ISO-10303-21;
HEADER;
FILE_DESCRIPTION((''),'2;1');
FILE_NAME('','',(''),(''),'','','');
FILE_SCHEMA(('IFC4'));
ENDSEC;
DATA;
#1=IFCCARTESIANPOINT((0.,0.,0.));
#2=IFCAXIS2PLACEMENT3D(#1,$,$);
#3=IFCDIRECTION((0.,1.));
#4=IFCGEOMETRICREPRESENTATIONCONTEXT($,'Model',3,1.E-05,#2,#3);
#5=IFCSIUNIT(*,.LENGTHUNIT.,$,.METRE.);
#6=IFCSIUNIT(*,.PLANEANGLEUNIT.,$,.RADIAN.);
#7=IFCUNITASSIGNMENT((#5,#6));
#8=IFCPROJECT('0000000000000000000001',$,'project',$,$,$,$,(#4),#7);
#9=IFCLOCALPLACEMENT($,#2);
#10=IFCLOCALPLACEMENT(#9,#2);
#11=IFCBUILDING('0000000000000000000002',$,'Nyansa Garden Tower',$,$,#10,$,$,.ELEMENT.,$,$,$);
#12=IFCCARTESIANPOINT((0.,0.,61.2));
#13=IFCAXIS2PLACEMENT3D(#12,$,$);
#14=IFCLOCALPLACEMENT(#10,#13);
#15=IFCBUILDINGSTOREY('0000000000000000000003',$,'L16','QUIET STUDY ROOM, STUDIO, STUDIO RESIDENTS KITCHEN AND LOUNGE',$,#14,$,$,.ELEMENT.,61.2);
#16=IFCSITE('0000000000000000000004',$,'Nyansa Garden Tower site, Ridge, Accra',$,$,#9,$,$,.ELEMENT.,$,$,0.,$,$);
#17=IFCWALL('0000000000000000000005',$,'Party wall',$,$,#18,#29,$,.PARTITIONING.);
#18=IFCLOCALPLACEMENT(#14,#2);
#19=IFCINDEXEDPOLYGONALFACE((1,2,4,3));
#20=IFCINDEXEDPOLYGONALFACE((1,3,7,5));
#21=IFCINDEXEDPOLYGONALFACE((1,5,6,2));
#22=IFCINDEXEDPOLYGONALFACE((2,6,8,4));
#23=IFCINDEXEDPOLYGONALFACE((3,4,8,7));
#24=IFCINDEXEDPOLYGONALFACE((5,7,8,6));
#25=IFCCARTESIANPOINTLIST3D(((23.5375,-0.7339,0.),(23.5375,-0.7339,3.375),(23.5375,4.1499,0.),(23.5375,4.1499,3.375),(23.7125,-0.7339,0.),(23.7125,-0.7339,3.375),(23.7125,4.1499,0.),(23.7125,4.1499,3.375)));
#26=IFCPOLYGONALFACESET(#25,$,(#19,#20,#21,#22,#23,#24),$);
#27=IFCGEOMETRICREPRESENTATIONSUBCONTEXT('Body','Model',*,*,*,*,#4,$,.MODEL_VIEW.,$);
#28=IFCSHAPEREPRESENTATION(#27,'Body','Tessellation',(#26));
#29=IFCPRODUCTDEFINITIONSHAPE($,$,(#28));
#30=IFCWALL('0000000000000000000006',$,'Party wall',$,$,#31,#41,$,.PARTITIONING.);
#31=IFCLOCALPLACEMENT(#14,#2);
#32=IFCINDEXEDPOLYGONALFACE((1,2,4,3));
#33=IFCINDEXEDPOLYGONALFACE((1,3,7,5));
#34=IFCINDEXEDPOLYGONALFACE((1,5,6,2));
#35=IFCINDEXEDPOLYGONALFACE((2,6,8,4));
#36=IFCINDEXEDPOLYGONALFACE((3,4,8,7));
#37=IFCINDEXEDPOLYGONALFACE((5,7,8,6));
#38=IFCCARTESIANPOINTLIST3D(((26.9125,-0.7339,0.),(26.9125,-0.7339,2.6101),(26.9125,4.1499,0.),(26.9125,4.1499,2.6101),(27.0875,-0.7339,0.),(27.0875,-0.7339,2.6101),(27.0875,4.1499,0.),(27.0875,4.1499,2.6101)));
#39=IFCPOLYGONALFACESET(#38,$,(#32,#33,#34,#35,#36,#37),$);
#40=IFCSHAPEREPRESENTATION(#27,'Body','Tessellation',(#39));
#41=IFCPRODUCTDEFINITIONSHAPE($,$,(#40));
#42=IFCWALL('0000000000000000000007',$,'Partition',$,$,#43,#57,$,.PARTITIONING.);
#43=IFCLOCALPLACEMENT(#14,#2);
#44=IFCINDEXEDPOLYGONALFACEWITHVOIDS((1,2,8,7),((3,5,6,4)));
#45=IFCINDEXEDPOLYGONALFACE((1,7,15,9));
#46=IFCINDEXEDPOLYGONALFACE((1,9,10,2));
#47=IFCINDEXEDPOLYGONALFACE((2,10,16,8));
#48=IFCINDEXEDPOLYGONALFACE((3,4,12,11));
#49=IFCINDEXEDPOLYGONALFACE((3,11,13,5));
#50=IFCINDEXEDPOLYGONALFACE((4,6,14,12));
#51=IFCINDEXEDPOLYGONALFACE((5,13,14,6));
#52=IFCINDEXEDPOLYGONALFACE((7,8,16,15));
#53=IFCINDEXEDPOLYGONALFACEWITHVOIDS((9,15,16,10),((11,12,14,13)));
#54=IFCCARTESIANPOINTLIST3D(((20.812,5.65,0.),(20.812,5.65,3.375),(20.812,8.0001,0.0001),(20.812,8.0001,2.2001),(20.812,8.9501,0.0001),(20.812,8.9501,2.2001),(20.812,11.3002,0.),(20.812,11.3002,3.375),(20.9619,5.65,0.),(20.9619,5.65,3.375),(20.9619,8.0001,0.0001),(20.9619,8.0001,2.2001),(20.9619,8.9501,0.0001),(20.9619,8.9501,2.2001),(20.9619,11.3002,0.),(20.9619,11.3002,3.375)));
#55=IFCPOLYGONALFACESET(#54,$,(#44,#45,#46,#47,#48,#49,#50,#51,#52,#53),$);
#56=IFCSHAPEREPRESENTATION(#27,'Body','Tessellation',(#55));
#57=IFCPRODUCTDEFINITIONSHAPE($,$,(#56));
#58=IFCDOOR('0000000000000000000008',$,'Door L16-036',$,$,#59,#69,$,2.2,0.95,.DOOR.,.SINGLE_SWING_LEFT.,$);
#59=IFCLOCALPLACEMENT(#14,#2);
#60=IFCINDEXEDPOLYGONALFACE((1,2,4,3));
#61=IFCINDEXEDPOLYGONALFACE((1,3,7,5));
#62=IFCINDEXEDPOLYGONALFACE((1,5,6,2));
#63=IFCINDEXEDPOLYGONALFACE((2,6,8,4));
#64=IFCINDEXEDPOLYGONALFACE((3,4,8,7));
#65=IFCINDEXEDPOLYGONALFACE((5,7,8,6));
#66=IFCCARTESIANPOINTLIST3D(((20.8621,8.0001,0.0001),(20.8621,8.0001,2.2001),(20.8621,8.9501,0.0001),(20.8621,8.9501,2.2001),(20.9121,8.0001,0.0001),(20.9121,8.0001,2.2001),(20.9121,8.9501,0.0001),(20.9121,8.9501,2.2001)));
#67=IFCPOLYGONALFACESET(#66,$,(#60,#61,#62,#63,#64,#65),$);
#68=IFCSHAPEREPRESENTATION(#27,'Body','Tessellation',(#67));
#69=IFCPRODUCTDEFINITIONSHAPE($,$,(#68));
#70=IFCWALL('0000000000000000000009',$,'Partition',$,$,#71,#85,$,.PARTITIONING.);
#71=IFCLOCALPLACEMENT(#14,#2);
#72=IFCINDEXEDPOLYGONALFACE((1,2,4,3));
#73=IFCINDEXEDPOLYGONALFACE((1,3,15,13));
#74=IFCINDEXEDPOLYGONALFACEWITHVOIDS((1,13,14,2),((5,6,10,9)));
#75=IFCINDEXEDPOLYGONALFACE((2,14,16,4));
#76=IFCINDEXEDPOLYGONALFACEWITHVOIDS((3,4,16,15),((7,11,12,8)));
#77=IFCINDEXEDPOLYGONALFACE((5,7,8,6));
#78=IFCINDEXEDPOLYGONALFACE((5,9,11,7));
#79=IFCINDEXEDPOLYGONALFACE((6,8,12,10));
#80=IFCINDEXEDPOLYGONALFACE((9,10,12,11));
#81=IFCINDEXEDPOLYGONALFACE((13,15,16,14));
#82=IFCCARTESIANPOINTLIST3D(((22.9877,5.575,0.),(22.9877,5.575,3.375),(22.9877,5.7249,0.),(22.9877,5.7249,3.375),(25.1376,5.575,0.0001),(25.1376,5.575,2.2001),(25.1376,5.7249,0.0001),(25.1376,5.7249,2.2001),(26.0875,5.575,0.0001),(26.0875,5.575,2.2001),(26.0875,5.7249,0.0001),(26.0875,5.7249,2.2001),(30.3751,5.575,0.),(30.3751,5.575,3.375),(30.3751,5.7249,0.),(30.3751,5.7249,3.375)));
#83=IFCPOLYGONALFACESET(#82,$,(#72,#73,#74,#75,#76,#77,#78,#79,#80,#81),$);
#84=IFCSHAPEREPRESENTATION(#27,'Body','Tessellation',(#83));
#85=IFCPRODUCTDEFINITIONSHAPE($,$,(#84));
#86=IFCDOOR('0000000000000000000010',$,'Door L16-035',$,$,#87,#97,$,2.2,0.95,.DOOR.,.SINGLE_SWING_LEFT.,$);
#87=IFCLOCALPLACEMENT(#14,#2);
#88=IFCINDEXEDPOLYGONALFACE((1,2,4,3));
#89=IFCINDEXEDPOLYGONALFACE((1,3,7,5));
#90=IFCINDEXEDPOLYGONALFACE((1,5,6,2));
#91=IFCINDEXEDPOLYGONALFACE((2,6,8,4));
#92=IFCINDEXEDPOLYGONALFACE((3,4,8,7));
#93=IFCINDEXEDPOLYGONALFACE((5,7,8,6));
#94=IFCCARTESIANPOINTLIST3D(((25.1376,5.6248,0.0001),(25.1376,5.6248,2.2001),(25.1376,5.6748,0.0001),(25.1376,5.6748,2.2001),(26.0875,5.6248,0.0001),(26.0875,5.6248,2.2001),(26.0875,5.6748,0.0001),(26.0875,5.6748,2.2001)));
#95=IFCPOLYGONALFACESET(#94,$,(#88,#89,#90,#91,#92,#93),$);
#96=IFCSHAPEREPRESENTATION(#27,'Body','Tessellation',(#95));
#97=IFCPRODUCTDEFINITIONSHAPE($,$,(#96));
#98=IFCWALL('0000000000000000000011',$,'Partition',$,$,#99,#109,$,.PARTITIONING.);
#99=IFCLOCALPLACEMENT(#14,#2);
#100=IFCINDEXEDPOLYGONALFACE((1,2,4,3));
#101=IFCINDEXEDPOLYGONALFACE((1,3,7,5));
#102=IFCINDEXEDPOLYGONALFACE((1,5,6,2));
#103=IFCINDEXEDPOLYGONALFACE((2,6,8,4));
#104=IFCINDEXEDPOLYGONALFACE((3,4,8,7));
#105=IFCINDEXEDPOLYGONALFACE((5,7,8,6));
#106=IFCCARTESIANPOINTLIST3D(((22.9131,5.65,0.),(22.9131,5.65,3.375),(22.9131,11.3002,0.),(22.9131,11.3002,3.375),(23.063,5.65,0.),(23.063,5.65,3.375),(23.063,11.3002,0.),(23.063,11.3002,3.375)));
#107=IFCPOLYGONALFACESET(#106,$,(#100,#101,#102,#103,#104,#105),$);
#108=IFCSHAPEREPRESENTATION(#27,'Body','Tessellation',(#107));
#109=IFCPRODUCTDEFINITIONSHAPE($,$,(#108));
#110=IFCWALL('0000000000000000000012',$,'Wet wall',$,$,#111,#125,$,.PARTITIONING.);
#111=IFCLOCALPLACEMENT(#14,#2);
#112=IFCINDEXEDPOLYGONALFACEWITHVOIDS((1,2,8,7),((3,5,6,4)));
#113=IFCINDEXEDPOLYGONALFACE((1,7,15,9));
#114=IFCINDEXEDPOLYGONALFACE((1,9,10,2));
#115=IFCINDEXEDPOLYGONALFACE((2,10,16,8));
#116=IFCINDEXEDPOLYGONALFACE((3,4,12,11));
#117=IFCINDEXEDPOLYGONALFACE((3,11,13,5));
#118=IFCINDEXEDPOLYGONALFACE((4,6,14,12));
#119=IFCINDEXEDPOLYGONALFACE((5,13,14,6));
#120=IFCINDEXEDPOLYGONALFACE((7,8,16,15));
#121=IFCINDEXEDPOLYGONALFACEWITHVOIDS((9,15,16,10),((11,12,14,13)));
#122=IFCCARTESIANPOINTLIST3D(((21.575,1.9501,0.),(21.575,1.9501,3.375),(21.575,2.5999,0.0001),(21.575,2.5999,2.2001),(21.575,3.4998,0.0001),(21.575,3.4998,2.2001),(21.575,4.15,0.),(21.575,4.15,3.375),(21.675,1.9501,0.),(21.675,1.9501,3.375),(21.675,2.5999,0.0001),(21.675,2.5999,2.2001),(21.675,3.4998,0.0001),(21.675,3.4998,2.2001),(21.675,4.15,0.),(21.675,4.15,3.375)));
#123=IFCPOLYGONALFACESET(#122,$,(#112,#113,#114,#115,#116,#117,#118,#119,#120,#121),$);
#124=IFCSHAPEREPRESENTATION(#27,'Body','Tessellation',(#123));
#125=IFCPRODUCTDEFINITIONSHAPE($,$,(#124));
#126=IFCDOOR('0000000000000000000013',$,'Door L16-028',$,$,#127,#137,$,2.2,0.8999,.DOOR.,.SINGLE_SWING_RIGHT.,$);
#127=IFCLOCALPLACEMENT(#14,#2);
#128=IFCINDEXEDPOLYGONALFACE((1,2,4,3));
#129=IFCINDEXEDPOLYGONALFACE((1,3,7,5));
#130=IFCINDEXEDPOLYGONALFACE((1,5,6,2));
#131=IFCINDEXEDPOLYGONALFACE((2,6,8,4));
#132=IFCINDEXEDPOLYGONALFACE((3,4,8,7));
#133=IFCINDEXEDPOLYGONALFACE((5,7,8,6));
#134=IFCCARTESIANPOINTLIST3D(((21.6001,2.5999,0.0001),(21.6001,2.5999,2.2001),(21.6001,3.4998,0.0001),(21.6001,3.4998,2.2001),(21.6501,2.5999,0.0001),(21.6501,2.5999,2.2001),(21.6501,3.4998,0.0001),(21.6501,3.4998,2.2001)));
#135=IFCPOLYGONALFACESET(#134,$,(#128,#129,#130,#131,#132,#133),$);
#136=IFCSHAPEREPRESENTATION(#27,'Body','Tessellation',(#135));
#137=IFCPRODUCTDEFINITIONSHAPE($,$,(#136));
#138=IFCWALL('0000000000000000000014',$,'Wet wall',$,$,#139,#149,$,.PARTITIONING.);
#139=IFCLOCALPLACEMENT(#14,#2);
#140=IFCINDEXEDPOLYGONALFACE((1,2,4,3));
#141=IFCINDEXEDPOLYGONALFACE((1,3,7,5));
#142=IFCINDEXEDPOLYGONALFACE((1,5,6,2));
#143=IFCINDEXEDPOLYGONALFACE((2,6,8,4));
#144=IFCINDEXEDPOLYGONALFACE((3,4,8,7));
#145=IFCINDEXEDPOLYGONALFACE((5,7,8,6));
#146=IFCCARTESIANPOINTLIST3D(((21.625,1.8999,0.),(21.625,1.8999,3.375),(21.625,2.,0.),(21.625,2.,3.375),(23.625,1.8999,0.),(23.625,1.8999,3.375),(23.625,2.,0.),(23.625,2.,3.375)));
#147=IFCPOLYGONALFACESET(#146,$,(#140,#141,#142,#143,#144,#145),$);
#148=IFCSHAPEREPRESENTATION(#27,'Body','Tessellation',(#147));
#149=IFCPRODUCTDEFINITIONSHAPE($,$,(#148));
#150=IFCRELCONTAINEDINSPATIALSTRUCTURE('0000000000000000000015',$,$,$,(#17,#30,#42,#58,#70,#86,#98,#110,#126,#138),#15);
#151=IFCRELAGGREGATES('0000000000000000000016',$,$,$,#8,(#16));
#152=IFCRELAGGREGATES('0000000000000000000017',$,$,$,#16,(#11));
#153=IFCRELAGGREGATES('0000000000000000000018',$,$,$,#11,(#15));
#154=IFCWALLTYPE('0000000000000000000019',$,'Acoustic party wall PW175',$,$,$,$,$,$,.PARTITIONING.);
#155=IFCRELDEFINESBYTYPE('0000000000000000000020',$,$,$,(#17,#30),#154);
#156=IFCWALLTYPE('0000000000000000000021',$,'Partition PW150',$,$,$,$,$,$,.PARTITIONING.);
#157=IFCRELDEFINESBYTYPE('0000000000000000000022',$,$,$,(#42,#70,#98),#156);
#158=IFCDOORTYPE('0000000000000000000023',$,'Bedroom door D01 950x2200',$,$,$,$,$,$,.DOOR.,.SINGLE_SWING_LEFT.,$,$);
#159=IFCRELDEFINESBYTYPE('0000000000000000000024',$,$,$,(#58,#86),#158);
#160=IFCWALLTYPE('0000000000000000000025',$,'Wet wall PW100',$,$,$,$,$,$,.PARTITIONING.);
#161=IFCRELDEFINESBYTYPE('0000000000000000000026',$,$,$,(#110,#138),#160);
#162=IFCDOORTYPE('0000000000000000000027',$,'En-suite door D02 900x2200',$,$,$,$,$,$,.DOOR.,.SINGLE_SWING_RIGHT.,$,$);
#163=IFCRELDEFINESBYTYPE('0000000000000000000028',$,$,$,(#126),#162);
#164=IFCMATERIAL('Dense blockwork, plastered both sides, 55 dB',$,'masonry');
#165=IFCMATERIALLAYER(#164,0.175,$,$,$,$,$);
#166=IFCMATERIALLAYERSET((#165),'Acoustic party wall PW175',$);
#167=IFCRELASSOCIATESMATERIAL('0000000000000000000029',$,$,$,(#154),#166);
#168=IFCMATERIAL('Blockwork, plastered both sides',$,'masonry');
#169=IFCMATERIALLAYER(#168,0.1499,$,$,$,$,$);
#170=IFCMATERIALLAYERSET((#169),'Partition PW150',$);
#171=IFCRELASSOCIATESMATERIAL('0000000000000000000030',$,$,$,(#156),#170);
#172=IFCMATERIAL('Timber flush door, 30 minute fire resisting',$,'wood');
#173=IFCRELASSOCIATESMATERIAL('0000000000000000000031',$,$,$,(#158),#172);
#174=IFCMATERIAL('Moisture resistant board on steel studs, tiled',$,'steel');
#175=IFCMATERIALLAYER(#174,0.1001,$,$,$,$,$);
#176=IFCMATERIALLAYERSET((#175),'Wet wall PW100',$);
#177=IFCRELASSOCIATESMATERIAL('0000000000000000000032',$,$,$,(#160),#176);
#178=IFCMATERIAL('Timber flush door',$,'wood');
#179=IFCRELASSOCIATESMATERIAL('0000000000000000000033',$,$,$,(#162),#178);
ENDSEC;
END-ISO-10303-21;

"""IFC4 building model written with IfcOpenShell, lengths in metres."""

from ifc_helpers import new_model, si_unit, direction, frame, frame_2d, origin, place, context, subcontext, project, spatial, rectangle, extrude, material, layer, layer_set, type_object, element, fill, save


model = new_model("IFC4")

# Units and contexts
model_context = context("Model", 3, precision=1e-05, world=origin(), true_north=direction((0.0, 1.0)))
body_context = subcontext(model_context, "Body", "Model", "MODEL_VIEW")
ifc_project = project(units=[si_unit("LENGTHUNIT", "METRE"), si_unit("PLANEANGLEUNIT", "RADIAN")], contexts=[model_context])

# Site, building, storey
site_placement = place(None, origin())
site = spatial("IfcSite", under=ifc_project, at=site_placement, Name="Nyansa Garden Tower site, Ridge, Accra", CompositionType="ELEMENT", RefElevation=0.0)
building_placement = place(site_placement, origin())
building = spatial("IfcBuilding", under=site, at=building_placement, Name="Nyansa Garden Tower", CompositionType="ELEMENT")
storey_placement = place(building_placement, frame((0.0, 0.0, 61.2)))
storey = spatial("IfcBuildingStorey", under=building, at=storey_placement, Name="L16", Description="QUIET STUDY ROOM, STUDIO, STUDIO RESIDENTS KITCHEN AND LOUNGE", CompositionType="ELEMENT", Elevation=61.2)

# Walls
ifc_material_1 = material(Name="Dense blockwork, plastered both sides, 55 dB", Category="masonry")
ifc_layer_1 = layer(ifc_material_1, 0.175)
ifc_layer_set_1 = layer_set([ifc_layer_1], Name="Acoustic party wall PW175")
wall_type_1 = type_object("IfcWallType", Name="Acoustic party wall PW175", PredefinedType="PARTITIONING", material=ifc_layer_set_1)
wall_1_placement = place(storey_placement, frame((23.625, -0.7339, 0.0), z_axis=(0.0, 0.0, 1.0), x_axis=(0.0, 1.0, 0.0)))
element("IfcWall", 1, at=wall_1_placement, inside=storey, type_object=wall_type_1, Name="Party wall", PredefinedType="PARTITIONING", context=body_context, shape_type="SweptSolid", body=[
    extrude(rectangle(XDim=4.8838, YDim=0.175, at=frame_2d((2.4419, 0.0))), origin(), (0.0, 0.0, 1.0), 3.375),
])
wall_2_placement = place(storey_placement, frame((27.0, -0.7339, 0.0), z_axis=(0.0, 0.0, 1.0), x_axis=(0.0, 1.0, 0.0)))
element("IfcWall", 2, at=wall_2_placement, inside=storey, type_object=wall_type_1, Name="Party wall", PredefinedType="PARTITIONING", context=body_context, shape_type="SweptSolid", body=[
    extrude(rectangle(XDim=4.8838, YDim=0.175, at=frame_2d((2.4419, 0.0))), origin(), (0.0, 0.0, 1.0), 2.6101),
])

# Walls, openings, doors
ifc_material_2 = material(Name="Blockwork, plastered both sides", Category="masonry")
ifc_layer_2 = layer(ifc_material_2, 0.1499)
ifc_layer_set_2 = layer_set([ifc_layer_2], Name="Partition PW150")
wall_type_2 = type_object("IfcWallType", Name="Partition PW150", PredefinedType="PARTITIONING", material=ifc_layer_set_2)
wall_3_placement = place(storey_placement, frame((20.887, 5.6499, 0.0), z_axis=(0.0, 0.0, 1.0), x_axis=(0.0, 1.0, 0.0)))
wall_3 = element("IfcWall", 3, at=wall_3_placement, inside=storey, type_object=wall_type_2, Name="Partition", PredefinedType="PARTITIONING", context=body_context, shape_type="SweptSolid", body=[
    extrude(rectangle(XDim=5.6501, YDim=0.1499, at=frame_2d((2.8252, 0.0))), origin(), (0.0, 0.0, 1.0), 3.375),
])
opening_1_placement = place(wall_3_placement, frame((2.3501, 0.0, 0.0)))
opening_1 = element("IfcOpeningElement", 4, at=opening_1_placement, cuts=wall_3, PredefinedType="OPENING", context=body_context, shape_type="SweptSolid", body=[
    extrude(rectangle(XDim=0.95, YDim=2.2, at=frame_2d((0.4751, 1.1001))), frame((0.0, 0.085, 0.0), z_axis=(0.0, -1.0, 0.0), x_axis=(1.0, 0.0, 0.0)), (0.0, 0.0, 1.0), 0.1699),
])
ifc_material_3 = material(Name="Timber flush door, 30 minute fire resisting", Category="wood")
door_type_1 = type_object("IfcDoorType", Name="Bedroom door D01 950x2200", OperationType="SINGLE_SWING_LEFT", PredefinedType="DOOR", material=ifc_material_3)
door_1_placement = place(opening_1_placement, origin())
door_1 = element("IfcDoor", 5, at=door_1_placement, inside=storey, type_object=door_type_1, Name="Door L16-036", OperationType="SINGLE_SWING_LEFT", OverallHeight=2.2, OverallWidth=0.95, PredefinedType="DOOR", context=body_context, shape_type="SweptSolid", body=[
    extrude(rectangle(XDim=0.95, YDim=2.2, at=frame_2d((0.4751, 1.1001))), frame((0.0, 0.0249, 0.0), z_axis=(0.0, -1.0, 0.0), x_axis=(1.0, 0.0, 0.0)), (0.0, 0.0, 1.0), 0.05),
])
fill(opening_1, door_1)
wall_4_placement = place(storey_placement, frame((22.9875, 5.6499, 0.0), z_axis=(0.0, 0.0, 1.0), x_axis=(1.0, 0.0, 0.0)))
wall_4 = element("IfcWall", 6, at=wall_4_placement, inside=storey, type_object=wall_type_2, Name="Partition", PredefinedType="PARTITIONING", context=body_context, shape_type="SweptSolid", body=[
    extrude(rectangle(XDim=7.3875, YDim=0.1499, at=frame_2d((3.6938, 0.0))), origin(), (0.0, 0.0, 1.0), 3.375),
])
opening_2_placement = place(wall_4_placement, frame((2.1499, 0.0, 0.0)))
opening_2 = element("IfcOpeningElement", 7, at=opening_2_placement, cuts=wall_4, PredefinedType="OPENING", context=body_context, shape_type="SweptSolid", body=[
    extrude(rectangle(XDim=0.95, YDim=2.2, at=frame_2d((0.4751, 1.1001))), frame((0.0, 0.085, 0.0), z_axis=(0.0, -1.0, 0.0), x_axis=(1.0, 0.0, 0.0)), (0.0, 0.0, 1.0), 0.1699),
])
door_2_placement = place(opening_2_placement, origin())
door_2 = element("IfcDoor", 8, at=door_2_placement, inside=storey, type_object=door_type_1, Name="Door L16-035", OperationType="SINGLE_SWING_LEFT", OverallHeight=2.2, OverallWidth=0.95, PredefinedType="DOOR", context=body_context, shape_type="SweptSolid", body=[
    extrude(rectangle(XDim=0.95, YDim=2.2, at=frame_2d((0.4751, 1.1001))), frame((0.0, 0.0249, 0.0), z_axis=(0.0, -1.0, 0.0), x_axis=(1.0, 0.0, 0.0)), (0.0, 0.0, 1.0), 0.05),
])
fill(opening_2, door_2)

# Wall
wall_5_placement = place(storey_placement, frame((22.988, 5.6499, 0.0), z_axis=(0.0, 0.0, 1.0), x_axis=(0.0, 1.0, 0.0)))
element("IfcWall", 9, at=wall_5_placement, inside=storey, type_object=wall_type_2, Name="Partition", PredefinedType="PARTITIONING", context=body_context, shape_type="SweptSolid", body=[
    extrude(rectangle(XDim=5.6501, YDim=0.1499, at=frame_2d((2.8252, 0.0))), origin(), (0.0, 0.0, 1.0), 3.375),
])

# Wall, opening, door
ifc_material_4 = material(Name="Moisture resistant board on steel studs, tiled", Category="steel")
ifc_layer_3 = layer(ifc_material_4, 0.1001)
ifc_layer_set_3 = layer_set([ifc_layer_3], Name="Wet wall PW100")
wall_type_3 = type_object("IfcWallType", Name="Wet wall PW100", PredefinedType="PARTITIONING", material=ifc_layer_set_3)
wall_6_placement = place(storey_placement, frame((21.625, 1.95, 0.0), z_axis=(0.0, 0.0, 1.0), x_axis=(0.0, 1.0, 0.0)))
wall_6 = element("IfcWall", 10, at=wall_6_placement, inside=storey, type_object=wall_type_3, Name="Wet wall", PredefinedType="PARTITIONING", context=body_context, shape_type="SweptSolid", body=[
    extrude(rectangle(XDim=2.2, YDim=0.1001, at=frame_2d((1.1001, 0.0))), origin(), (0.0, 0.0, 1.0), 3.375),
])
opening_3_placement = place(wall_6_placement, frame((0.6499, 0.0, 0.0)))
opening_3 = element("IfcOpeningElement", 11, at=opening_3_placement, cuts=wall_6, PredefinedType="OPENING", context=body_context, shape_type="SweptSolid", body=[
    extrude(rectangle(XDim=0.8999, YDim=2.2, at=frame_2d((0.45, 1.1001))), frame((0.0, 0.0601, 0.0), z_axis=(0.0, -1.0, 0.0), x_axis=(1.0, 0.0, 0.0)), (0.0, 0.0, 1.0), 0.1201),
])
ifc_material_5 = material(Name="Timber flush door", Category="wood")
door_type_2 = type_object("IfcDoorType", Name="En-suite door D02 900x2200", OperationType="SINGLE_SWING_RIGHT", PredefinedType="DOOR", material=ifc_material_5)
door_3_placement = place(opening_3_placement, origin())
door_3 = element("IfcDoor", 12, at=door_3_placement, inside=storey, type_object=door_type_2, Name="Door L16-028", OperationType="SINGLE_SWING_RIGHT", OverallHeight=2.2, OverallWidth=0.8999, PredefinedType="DOOR", context=body_context, shape_type="SweptSolid", body=[
    extrude(rectangle(XDim=0.8999, YDim=2.2, at=frame_2d((0.45, 1.1001))), frame((0.0, 0.0249, 0.0), z_axis=(0.0, -1.0, 0.0), x_axis=(1.0, 0.0, 0.0)), (0.0, 0.0, 1.0), 0.05),
])
fill(opening_3, door_3)

# Wall
wall_7_placement = place(storey_placement, frame((21.625, 1.95, 0.0), z_axis=(0.0, 0.0, 1.0), x_axis=(1.0, 0.0, 0.0)))
element("IfcWall", 13, at=wall_7_placement, inside=storey, type_object=wall_type_3, Name="Wet wall", PredefinedType="PARTITIONING", context=body_context, shape_type="SweptSolid", body=[
    extrude(rectangle(XDim=2.0, YDim=0.1001, at=frame_2d((1.0, 0.0))), origin(), (0.0, 0.0, 1.0), 3.375),
])

save(model, "model.ifc")
